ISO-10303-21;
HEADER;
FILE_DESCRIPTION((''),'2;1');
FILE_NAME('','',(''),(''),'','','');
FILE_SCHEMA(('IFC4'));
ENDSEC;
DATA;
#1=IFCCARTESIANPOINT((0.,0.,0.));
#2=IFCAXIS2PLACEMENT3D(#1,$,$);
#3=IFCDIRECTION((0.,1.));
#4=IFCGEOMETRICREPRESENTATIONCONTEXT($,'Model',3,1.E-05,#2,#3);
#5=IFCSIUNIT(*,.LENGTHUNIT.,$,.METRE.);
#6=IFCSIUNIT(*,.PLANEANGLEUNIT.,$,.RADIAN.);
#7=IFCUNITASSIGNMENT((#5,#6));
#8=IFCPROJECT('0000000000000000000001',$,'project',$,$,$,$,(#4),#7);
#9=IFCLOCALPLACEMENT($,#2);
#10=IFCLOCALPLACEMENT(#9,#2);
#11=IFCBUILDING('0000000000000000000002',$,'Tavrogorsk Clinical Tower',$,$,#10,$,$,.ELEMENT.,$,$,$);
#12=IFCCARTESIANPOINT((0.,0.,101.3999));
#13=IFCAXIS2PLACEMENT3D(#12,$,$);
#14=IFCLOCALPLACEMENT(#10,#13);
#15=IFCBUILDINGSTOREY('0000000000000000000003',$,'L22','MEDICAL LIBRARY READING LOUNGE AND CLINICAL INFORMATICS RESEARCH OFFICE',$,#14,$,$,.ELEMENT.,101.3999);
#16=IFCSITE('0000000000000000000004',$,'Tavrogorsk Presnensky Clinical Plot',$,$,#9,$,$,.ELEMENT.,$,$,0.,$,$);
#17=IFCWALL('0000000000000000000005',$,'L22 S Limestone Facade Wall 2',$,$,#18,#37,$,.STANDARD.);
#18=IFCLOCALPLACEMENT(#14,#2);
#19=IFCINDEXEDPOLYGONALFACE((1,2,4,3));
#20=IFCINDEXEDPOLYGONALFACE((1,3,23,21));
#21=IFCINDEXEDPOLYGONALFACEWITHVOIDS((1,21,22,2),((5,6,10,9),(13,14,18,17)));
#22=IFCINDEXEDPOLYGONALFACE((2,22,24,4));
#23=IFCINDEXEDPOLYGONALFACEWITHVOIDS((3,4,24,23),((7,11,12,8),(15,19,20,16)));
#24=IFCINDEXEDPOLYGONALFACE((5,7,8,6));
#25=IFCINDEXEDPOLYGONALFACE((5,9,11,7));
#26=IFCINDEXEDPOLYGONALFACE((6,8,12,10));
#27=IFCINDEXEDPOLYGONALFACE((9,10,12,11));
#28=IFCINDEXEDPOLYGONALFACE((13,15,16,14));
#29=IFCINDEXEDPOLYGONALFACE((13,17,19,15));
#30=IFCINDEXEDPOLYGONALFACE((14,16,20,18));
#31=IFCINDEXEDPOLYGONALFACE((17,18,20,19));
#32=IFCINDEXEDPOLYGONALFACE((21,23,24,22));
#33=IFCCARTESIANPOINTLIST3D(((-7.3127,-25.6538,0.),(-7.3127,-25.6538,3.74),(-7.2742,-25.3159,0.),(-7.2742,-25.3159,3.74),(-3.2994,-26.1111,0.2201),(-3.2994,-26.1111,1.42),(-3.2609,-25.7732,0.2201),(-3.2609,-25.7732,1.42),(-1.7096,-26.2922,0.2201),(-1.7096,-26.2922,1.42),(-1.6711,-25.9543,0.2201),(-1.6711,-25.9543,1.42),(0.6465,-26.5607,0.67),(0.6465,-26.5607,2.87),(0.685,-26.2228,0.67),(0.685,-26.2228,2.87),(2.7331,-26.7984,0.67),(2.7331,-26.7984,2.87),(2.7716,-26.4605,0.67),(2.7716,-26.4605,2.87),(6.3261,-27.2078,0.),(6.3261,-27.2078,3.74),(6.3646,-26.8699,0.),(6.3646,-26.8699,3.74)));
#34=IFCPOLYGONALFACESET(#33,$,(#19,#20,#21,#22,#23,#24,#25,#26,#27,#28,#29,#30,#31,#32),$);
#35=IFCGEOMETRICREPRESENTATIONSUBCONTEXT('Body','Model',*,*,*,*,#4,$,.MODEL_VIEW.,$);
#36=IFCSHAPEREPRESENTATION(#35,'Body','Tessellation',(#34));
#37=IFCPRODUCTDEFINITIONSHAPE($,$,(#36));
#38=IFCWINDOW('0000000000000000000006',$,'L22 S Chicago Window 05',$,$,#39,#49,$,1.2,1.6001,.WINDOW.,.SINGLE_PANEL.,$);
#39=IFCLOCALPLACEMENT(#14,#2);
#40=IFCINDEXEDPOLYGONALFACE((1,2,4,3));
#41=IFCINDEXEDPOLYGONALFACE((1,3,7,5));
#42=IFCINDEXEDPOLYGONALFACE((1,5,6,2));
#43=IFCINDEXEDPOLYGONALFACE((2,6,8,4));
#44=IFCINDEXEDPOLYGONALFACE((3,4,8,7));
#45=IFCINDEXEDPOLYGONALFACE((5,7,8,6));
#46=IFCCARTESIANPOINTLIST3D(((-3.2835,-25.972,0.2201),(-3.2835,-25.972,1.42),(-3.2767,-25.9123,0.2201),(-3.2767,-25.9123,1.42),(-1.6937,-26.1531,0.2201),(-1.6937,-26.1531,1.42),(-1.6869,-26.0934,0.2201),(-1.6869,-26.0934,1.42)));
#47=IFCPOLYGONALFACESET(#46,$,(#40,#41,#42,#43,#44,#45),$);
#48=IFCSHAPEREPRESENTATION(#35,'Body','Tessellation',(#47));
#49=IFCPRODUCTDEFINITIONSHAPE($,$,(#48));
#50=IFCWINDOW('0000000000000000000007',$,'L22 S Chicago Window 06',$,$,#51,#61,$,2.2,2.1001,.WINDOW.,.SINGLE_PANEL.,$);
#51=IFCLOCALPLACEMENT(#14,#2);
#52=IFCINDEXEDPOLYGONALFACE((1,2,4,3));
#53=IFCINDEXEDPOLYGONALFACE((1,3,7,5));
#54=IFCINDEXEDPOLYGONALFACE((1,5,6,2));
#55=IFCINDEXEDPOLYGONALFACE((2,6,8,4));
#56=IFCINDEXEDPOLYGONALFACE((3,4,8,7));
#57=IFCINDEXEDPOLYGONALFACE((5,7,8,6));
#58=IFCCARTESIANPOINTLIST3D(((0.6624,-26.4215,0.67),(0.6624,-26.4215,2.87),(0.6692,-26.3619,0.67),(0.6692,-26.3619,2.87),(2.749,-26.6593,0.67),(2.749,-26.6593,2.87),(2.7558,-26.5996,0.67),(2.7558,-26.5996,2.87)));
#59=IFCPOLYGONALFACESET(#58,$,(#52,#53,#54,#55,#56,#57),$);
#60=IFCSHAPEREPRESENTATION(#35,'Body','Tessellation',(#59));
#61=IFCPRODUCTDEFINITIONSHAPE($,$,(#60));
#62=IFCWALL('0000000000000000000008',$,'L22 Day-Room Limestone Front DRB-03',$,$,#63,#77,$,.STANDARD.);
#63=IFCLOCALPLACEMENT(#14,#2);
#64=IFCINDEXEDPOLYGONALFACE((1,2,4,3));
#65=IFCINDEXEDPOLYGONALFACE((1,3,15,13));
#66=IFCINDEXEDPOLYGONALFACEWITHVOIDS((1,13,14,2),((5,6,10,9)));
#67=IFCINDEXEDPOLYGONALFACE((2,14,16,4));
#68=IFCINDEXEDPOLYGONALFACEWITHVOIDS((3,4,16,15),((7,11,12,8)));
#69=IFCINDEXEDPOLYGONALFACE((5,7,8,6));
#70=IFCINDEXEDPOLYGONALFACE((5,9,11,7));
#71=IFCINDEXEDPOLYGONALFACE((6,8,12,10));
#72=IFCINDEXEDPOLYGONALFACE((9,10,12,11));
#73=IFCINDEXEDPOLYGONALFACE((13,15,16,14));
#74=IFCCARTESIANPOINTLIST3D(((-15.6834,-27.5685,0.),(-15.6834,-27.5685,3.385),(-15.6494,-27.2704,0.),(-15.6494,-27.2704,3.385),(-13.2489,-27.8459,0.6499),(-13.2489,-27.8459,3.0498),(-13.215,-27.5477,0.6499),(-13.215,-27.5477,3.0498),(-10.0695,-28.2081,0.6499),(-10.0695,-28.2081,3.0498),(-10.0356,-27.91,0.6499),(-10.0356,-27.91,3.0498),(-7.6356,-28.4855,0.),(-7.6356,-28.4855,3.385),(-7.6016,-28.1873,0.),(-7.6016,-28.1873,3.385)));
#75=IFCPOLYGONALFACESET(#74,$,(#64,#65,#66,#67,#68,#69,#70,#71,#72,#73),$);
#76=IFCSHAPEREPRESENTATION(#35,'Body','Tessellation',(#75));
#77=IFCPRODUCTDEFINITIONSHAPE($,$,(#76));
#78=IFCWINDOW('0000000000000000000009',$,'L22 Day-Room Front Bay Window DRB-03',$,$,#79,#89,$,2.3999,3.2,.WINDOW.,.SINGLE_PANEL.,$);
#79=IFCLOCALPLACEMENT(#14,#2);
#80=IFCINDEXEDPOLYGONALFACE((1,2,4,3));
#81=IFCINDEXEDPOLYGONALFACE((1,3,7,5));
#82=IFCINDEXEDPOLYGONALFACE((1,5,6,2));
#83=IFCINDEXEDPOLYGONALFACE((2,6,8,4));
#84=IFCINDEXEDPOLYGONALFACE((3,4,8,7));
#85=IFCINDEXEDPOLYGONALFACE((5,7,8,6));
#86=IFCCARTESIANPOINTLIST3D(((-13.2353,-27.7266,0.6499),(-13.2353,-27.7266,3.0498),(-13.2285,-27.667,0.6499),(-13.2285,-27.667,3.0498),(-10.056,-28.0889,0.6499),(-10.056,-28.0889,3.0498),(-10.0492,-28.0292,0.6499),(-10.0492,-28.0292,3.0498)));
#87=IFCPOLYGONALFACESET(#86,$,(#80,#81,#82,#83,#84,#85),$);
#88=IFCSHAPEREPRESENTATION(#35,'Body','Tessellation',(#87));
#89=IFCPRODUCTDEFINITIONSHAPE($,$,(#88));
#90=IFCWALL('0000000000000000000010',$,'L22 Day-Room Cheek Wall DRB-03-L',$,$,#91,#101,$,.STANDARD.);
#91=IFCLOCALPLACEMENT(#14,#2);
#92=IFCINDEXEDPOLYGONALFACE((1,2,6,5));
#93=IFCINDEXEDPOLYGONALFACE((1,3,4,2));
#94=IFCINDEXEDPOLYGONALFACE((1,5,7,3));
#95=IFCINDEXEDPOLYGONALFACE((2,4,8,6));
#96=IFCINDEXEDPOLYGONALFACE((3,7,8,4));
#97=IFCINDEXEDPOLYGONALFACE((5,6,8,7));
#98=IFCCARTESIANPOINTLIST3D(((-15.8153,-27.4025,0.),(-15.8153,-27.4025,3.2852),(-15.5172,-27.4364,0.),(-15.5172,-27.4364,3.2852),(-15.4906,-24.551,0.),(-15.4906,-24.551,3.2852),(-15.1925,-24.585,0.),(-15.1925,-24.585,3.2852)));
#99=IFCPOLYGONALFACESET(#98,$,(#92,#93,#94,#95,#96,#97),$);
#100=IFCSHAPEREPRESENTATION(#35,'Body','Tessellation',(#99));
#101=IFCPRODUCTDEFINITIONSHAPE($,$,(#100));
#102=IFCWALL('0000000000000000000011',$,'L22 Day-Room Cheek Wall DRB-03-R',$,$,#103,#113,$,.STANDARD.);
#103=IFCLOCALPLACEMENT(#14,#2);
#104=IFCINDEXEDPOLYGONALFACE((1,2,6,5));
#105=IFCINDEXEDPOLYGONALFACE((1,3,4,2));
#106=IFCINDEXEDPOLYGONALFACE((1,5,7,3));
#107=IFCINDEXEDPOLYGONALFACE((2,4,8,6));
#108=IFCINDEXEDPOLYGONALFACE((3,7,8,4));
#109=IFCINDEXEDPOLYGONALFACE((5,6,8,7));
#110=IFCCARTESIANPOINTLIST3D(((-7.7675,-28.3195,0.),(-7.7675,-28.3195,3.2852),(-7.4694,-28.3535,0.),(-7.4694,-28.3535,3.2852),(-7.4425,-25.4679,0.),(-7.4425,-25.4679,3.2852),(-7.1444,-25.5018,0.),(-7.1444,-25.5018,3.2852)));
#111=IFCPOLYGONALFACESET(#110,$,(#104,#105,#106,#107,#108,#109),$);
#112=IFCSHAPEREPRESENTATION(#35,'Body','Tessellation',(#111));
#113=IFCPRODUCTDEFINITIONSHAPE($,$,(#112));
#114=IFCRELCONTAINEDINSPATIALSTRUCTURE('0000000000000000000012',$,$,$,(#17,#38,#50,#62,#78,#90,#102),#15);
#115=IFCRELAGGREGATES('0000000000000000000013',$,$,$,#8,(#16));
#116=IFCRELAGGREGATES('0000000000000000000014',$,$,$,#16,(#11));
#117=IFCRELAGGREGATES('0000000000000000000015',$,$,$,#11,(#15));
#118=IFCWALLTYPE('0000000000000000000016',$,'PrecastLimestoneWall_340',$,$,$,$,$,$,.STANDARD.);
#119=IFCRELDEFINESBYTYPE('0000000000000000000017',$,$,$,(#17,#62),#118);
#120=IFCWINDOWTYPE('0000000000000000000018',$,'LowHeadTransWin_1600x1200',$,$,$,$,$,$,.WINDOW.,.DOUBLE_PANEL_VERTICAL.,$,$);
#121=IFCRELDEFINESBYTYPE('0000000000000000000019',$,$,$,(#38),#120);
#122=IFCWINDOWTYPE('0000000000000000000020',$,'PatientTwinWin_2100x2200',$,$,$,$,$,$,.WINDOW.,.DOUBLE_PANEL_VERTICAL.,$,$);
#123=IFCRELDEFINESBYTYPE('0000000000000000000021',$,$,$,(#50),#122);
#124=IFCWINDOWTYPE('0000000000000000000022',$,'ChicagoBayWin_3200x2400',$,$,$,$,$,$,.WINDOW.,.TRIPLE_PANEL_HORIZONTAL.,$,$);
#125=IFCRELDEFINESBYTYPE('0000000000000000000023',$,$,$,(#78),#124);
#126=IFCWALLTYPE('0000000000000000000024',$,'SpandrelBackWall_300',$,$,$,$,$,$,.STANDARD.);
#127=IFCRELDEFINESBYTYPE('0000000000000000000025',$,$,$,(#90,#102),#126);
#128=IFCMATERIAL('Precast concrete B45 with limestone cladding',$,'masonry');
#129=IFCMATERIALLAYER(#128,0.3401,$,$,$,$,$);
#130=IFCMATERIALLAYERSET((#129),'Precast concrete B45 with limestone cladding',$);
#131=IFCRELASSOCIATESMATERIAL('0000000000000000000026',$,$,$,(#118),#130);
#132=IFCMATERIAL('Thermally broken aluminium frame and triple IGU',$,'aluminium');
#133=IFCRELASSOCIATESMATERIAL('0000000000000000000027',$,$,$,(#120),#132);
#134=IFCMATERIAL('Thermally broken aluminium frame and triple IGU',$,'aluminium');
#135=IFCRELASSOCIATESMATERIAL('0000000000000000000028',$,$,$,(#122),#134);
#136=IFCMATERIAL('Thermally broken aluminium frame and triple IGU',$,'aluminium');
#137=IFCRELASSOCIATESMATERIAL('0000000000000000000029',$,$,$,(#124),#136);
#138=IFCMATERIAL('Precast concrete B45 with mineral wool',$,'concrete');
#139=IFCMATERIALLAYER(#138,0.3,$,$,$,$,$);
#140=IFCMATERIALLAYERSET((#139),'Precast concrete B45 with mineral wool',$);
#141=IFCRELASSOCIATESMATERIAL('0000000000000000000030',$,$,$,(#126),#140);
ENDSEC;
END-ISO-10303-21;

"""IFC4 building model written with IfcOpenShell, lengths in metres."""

from ifc_helpers import new_model, si_unit, direction, frame, frame_2d, origin, place, context, subcontext, project, spatial, rectangle, extrude, material, layer, layer_set, type_object, element, fill, save


model = new_model("IFC4")

# Units and contexts
model_context = context("Model", 3, precision=1e-05, world=origin(), true_north=direction((0.0, 1.0)))
body_context = subcontext(model_context, "Body", "Model", "MODEL_VIEW")
ifc_project = project(units=[si_unit("LENGTHUNIT", "METRE"), si_unit("PLANEANGLEUNIT", "RADIAN")], contexts=[model_context])

# Site, building, storey
site_placement = place(None, origin())
site = spatial("IfcSite", under=ifc_project, at=site_placement, Name="Tavrogorsk Presnensky Clinical Plot", CompositionType="ELEMENT", RefElevation=0.0)
building_placement = place(site_placement, origin())
building = spatial("IfcBuilding", under=site, at=building_placement, Name="Tavrogorsk Clinical Tower", CompositionType="ELEMENT")
storey_placement = place(building_placement, frame((0.0, 0.0, 101.3999)))
storey = spatial("IfcBuildingStorey", under=building, at=storey_placement, Name="L22", Description="MEDICAL LIBRARY READING LOUNGE AND CLINICAL INFORMATICS RESEARCH OFFICE", CompositionType="ELEMENT", Elevation=101.3999)

# Wall, openings, windows
ifc_material_1 = material(Name="Precast concrete B45 with limestone cladding", Category="masonry")
ifc_layer_1 = layer(ifc_material_1, 0.3401)
ifc_layer_set_1 = layer_set([ifc_layer_1], Name="Precast concrete B45 with limestone cladding")
wall_type_1 = type_object("IfcWallType", Name="PrecastLimestoneWall_340", PredefinedType="STANDARD", material=ifc_layer_set_1)
wall_1_placement = place(storey_placement, frame((-7.2935, -25.4849, 0.0), z_axis=(0.0, 0.0, 1.0), x_axis=(0.993572, -0.113203, 0.0)))
wall_1 = element("IfcWall", 1, at=wall_1_placement, inside=storey, type_object=wall_type_1, Name="L22 S Limestone Facade Wall 2", PredefinedType="STANDARD", context=body_context, shape_type="SweptSolid", body=[
    extrude(rectangle(XDim=13.7271, YDim=0.3401, at=frame_2d((6.8635, 0.0))), origin(), (0.0, 0.0, 1.0), 3.74),
])
opening_1_placement = place(wall_1_placement, frame((4.0393, 0.0, 0.22)))
opening_1 = element("IfcOpeningElement", 2, at=opening_1_placement, cuts=wall_1, PredefinedType="OPENING", context=body_context, shape_type="SweptSolid", body=[
    extrude(rectangle(XDim=1.6001, YDim=1.2, at=frame_2d((0.8, 0.6001))), frame((0.0, 0.1799, 0.0), z_axis=(0.0, -1.0, 0.0), x_axis=(1.0, 0.0, 0.0)), (0.0, 0.0, 1.0), 0.3601),
])
opening_2_placement = place(wall_1_placement, frame((8.0107, 0.0, 0.6699)))
opening_2 = element("IfcOpeningElement", 3, at=opening_2_placement, cuts=wall_1, PredefinedType="OPENING", context=body_context, shape_type="SweptSolid", body=[
    extrude(rectangle(XDim=2.1001, YDim=2.2, at=frame_2d((1.05, 1.1001))), frame((0.0, 0.1799, 0.0), z_axis=(0.0, -1.0, 0.0), x_axis=(1.0, 0.0, 0.0)), (0.0, 0.0, 1.0), 0.3601),
])
ifc_material_2 = material(Name="Thermally broken aluminium frame and triple IGU", Category="aluminium")
window_type_1 = type_object("IfcWindowType", Name="LowHeadTransWin_1600x1200", PartitioningType="DOUBLE_PANEL_VERTICAL", PredefinedType="WINDOW", material=ifc_material_2)
window_1_placement = place(opening_1_placement, origin())
window_1 = element("IfcWindow", 4, at=window_1_placement, inside=storey, type_object=window_type_1, Name="L22 S Chicago Window 05", OverallHeight=1.2, OverallWidth=1.6001, PartitioningType="SINGLE_PANEL", PredefinedType="WINDOW", context=body_context, shape_type="SweptSolid", body=[
    extrude(rectangle(XDim=1.6001, YDim=1.2, at=frame_2d((0.8, 0.6001))), frame((0.0, 0.03, 0.0), z_axis=(0.0, -1.0, 0.0), x_axis=(1.0, 0.0, 0.0)), (0.0, 0.0, 1.0), 0.0601),
])
fill(opening_1, window_1)
ifc_material_3 = material(Name="Thermally broken aluminium frame and triple IGU", Category="aluminium")
window_type_2 = type_object("IfcWindowType", Name="PatientTwinWin_2100x2200", PartitioningType="DOUBLE_PANEL_VERTICAL", PredefinedType="WINDOW", material=ifc_material_3)
window_2_placement = place(opening_2_placement, origin())
window_2 = element("IfcWindow", 5, at=window_2_placement, inside=storey, type_object=window_type_2, Name="L22 S Chicago Window 06", OverallHeight=2.2, OverallWidth=2.1001, PartitioningType="SINGLE_PANEL", PredefinedType="WINDOW", context=body_context, shape_type="SweptSolid", body=[
    extrude(rectangle(XDim=2.1001, YDim=2.2, at=frame_2d((1.05, 1.1001))), frame((0.0, 0.03, 0.0), z_axis=(0.0, -1.0, 0.0), x_axis=(1.0, 0.0, 0.0)), (0.0, 0.0, 1.0), 0.0601),
])
fill(opening_2, window_2)

# Wall, opening, window
wall_2_placement = place(storey_placement, frame((-15.6663, -27.4194, 0.0), z_axis=(0.0, 0.0, 1.0), x_axis=(0.993571, -0.11321, 0.0)))
wall_2 = element("IfcWall", 6, at=wall_2_placement, inside=storey, type_object=wall_type_1, Name="L22 Day-Room Limestone Front DRB-03", PredefinedType="STANDARD", context=body_context, shape_type="SweptSolid", body=[
    extrude(rectangle(XDim=8.0999, YDim=0.3, at=frame_2d((4.0498, 0.0))), origin(), (0.0, 0.0, 1.0), 3.385),
])
opening_3_placement = place(wall_2_placement, frame((2.45, 0.0, 0.6499)))
opening_3 = element("IfcOpeningElement", 7, at=opening_3_placement, cuts=wall_2, PredefinedType="OPENING", context=body_context, shape_type="SweptSolid", body=[
    extrude(rectangle(XDim=3.2, YDim=2.3999, at=frame_2d((1.6001, 1.2))), frame((0.0, 0.1599, 0.0), z_axis=(0.0, -1.0, 0.0), x_axis=(1.0, 0.0, 0.0)), (0.0, 0.0, 1.0), 0.3201),
])
ifc_material_4 = material(Name="Thermally broken aluminium frame and triple IGU", Category="aluminium")
window_type_3 = type_object("IfcWindowType", Name="ChicagoBayWin_3200x2400", PartitioningType="TRIPLE_PANEL_HORIZONTAL", PredefinedType="WINDOW", material=ifc_material_4)
window_3_placement = place(opening_3_placement, origin())
window_3 = element("IfcWindow", 8, at=window_3_placement, inside=storey, type_object=window_type_3, Name="L22 Day-Room Front Bay Window DRB-03", OverallHeight=2.3999, OverallWidth=3.2, PartitioningType="SINGLE_PANEL", PredefinedType="WINDOW", context=body_context, shape_type="SweptSolid", body=[
    extrude(rectangle(XDim=3.2, YDim=2.3999, at=frame_2d((1.6001, 1.2))), frame((0.0, 0.03, 0.0), z_axis=(0.0, -1.0, 0.0), x_axis=(1.0, 0.0, 0.0)), (0.0, 0.0, 1.0), 0.0601),
])
fill(opening_3, window_3)

# Walls
ifc_material_5 = material(Name="Precast concrete B45 with mineral wool", Category="concrete")
ifc_layer_2 = layer(ifc_material_5, 0.3)
ifc_layer_set_2 = layer_set([ifc_layer_2], Name="Precast concrete B45 with mineral wool")
wall_type_2 = type_object("IfcWallType", Name="SpandrelBackWall_300", PredefinedType="STANDARD", material=ifc_layer_set_2)
wall_3_placement = place(storey_placement, frame((-15.3416, -24.5679, 0.0), z_axis=(0.0, 0.0, 1.0), x_axis=(-0.113139, -0.993579, 0.0)))
element("IfcWall", 9, at=wall_3_placement, inside=storey, type_object=wall_type_2, Name="L22 Day-Room Cheek Wall DRB-03-L", PredefinedType="STANDARD", context=body_context, shape_type="SweptSolid", body=[
    extrude(rectangle(XDim=2.8699, YDim=0.3, at=frame_2d((1.4351, 0.0))), origin(), (0.0, 0.0, 1.0), 3.2852),
])
wall_4_placement = place(storey_placement, frame((-7.2935, -25.4849, 0.0), z_axis=(0.0, 0.0, 1.0), x_axis=(-0.113223, -0.99357, 0.0)))
element("IfcWall", 10, at=wall_4_placement, inside=storey, type_object=wall_type_2, Name="L22 Day-Room Cheek Wall DRB-03-R", PredefinedType="STANDARD", context=body_context, shape_type="SweptSolid", body=[
    extrude(rectangle(XDim=2.8701, YDim=0.3, at=frame_2d((1.4351, 0.0))), origin(), (0.0, 0.0, 1.0), 3.2852),
])

save(model, "model.ifc")
